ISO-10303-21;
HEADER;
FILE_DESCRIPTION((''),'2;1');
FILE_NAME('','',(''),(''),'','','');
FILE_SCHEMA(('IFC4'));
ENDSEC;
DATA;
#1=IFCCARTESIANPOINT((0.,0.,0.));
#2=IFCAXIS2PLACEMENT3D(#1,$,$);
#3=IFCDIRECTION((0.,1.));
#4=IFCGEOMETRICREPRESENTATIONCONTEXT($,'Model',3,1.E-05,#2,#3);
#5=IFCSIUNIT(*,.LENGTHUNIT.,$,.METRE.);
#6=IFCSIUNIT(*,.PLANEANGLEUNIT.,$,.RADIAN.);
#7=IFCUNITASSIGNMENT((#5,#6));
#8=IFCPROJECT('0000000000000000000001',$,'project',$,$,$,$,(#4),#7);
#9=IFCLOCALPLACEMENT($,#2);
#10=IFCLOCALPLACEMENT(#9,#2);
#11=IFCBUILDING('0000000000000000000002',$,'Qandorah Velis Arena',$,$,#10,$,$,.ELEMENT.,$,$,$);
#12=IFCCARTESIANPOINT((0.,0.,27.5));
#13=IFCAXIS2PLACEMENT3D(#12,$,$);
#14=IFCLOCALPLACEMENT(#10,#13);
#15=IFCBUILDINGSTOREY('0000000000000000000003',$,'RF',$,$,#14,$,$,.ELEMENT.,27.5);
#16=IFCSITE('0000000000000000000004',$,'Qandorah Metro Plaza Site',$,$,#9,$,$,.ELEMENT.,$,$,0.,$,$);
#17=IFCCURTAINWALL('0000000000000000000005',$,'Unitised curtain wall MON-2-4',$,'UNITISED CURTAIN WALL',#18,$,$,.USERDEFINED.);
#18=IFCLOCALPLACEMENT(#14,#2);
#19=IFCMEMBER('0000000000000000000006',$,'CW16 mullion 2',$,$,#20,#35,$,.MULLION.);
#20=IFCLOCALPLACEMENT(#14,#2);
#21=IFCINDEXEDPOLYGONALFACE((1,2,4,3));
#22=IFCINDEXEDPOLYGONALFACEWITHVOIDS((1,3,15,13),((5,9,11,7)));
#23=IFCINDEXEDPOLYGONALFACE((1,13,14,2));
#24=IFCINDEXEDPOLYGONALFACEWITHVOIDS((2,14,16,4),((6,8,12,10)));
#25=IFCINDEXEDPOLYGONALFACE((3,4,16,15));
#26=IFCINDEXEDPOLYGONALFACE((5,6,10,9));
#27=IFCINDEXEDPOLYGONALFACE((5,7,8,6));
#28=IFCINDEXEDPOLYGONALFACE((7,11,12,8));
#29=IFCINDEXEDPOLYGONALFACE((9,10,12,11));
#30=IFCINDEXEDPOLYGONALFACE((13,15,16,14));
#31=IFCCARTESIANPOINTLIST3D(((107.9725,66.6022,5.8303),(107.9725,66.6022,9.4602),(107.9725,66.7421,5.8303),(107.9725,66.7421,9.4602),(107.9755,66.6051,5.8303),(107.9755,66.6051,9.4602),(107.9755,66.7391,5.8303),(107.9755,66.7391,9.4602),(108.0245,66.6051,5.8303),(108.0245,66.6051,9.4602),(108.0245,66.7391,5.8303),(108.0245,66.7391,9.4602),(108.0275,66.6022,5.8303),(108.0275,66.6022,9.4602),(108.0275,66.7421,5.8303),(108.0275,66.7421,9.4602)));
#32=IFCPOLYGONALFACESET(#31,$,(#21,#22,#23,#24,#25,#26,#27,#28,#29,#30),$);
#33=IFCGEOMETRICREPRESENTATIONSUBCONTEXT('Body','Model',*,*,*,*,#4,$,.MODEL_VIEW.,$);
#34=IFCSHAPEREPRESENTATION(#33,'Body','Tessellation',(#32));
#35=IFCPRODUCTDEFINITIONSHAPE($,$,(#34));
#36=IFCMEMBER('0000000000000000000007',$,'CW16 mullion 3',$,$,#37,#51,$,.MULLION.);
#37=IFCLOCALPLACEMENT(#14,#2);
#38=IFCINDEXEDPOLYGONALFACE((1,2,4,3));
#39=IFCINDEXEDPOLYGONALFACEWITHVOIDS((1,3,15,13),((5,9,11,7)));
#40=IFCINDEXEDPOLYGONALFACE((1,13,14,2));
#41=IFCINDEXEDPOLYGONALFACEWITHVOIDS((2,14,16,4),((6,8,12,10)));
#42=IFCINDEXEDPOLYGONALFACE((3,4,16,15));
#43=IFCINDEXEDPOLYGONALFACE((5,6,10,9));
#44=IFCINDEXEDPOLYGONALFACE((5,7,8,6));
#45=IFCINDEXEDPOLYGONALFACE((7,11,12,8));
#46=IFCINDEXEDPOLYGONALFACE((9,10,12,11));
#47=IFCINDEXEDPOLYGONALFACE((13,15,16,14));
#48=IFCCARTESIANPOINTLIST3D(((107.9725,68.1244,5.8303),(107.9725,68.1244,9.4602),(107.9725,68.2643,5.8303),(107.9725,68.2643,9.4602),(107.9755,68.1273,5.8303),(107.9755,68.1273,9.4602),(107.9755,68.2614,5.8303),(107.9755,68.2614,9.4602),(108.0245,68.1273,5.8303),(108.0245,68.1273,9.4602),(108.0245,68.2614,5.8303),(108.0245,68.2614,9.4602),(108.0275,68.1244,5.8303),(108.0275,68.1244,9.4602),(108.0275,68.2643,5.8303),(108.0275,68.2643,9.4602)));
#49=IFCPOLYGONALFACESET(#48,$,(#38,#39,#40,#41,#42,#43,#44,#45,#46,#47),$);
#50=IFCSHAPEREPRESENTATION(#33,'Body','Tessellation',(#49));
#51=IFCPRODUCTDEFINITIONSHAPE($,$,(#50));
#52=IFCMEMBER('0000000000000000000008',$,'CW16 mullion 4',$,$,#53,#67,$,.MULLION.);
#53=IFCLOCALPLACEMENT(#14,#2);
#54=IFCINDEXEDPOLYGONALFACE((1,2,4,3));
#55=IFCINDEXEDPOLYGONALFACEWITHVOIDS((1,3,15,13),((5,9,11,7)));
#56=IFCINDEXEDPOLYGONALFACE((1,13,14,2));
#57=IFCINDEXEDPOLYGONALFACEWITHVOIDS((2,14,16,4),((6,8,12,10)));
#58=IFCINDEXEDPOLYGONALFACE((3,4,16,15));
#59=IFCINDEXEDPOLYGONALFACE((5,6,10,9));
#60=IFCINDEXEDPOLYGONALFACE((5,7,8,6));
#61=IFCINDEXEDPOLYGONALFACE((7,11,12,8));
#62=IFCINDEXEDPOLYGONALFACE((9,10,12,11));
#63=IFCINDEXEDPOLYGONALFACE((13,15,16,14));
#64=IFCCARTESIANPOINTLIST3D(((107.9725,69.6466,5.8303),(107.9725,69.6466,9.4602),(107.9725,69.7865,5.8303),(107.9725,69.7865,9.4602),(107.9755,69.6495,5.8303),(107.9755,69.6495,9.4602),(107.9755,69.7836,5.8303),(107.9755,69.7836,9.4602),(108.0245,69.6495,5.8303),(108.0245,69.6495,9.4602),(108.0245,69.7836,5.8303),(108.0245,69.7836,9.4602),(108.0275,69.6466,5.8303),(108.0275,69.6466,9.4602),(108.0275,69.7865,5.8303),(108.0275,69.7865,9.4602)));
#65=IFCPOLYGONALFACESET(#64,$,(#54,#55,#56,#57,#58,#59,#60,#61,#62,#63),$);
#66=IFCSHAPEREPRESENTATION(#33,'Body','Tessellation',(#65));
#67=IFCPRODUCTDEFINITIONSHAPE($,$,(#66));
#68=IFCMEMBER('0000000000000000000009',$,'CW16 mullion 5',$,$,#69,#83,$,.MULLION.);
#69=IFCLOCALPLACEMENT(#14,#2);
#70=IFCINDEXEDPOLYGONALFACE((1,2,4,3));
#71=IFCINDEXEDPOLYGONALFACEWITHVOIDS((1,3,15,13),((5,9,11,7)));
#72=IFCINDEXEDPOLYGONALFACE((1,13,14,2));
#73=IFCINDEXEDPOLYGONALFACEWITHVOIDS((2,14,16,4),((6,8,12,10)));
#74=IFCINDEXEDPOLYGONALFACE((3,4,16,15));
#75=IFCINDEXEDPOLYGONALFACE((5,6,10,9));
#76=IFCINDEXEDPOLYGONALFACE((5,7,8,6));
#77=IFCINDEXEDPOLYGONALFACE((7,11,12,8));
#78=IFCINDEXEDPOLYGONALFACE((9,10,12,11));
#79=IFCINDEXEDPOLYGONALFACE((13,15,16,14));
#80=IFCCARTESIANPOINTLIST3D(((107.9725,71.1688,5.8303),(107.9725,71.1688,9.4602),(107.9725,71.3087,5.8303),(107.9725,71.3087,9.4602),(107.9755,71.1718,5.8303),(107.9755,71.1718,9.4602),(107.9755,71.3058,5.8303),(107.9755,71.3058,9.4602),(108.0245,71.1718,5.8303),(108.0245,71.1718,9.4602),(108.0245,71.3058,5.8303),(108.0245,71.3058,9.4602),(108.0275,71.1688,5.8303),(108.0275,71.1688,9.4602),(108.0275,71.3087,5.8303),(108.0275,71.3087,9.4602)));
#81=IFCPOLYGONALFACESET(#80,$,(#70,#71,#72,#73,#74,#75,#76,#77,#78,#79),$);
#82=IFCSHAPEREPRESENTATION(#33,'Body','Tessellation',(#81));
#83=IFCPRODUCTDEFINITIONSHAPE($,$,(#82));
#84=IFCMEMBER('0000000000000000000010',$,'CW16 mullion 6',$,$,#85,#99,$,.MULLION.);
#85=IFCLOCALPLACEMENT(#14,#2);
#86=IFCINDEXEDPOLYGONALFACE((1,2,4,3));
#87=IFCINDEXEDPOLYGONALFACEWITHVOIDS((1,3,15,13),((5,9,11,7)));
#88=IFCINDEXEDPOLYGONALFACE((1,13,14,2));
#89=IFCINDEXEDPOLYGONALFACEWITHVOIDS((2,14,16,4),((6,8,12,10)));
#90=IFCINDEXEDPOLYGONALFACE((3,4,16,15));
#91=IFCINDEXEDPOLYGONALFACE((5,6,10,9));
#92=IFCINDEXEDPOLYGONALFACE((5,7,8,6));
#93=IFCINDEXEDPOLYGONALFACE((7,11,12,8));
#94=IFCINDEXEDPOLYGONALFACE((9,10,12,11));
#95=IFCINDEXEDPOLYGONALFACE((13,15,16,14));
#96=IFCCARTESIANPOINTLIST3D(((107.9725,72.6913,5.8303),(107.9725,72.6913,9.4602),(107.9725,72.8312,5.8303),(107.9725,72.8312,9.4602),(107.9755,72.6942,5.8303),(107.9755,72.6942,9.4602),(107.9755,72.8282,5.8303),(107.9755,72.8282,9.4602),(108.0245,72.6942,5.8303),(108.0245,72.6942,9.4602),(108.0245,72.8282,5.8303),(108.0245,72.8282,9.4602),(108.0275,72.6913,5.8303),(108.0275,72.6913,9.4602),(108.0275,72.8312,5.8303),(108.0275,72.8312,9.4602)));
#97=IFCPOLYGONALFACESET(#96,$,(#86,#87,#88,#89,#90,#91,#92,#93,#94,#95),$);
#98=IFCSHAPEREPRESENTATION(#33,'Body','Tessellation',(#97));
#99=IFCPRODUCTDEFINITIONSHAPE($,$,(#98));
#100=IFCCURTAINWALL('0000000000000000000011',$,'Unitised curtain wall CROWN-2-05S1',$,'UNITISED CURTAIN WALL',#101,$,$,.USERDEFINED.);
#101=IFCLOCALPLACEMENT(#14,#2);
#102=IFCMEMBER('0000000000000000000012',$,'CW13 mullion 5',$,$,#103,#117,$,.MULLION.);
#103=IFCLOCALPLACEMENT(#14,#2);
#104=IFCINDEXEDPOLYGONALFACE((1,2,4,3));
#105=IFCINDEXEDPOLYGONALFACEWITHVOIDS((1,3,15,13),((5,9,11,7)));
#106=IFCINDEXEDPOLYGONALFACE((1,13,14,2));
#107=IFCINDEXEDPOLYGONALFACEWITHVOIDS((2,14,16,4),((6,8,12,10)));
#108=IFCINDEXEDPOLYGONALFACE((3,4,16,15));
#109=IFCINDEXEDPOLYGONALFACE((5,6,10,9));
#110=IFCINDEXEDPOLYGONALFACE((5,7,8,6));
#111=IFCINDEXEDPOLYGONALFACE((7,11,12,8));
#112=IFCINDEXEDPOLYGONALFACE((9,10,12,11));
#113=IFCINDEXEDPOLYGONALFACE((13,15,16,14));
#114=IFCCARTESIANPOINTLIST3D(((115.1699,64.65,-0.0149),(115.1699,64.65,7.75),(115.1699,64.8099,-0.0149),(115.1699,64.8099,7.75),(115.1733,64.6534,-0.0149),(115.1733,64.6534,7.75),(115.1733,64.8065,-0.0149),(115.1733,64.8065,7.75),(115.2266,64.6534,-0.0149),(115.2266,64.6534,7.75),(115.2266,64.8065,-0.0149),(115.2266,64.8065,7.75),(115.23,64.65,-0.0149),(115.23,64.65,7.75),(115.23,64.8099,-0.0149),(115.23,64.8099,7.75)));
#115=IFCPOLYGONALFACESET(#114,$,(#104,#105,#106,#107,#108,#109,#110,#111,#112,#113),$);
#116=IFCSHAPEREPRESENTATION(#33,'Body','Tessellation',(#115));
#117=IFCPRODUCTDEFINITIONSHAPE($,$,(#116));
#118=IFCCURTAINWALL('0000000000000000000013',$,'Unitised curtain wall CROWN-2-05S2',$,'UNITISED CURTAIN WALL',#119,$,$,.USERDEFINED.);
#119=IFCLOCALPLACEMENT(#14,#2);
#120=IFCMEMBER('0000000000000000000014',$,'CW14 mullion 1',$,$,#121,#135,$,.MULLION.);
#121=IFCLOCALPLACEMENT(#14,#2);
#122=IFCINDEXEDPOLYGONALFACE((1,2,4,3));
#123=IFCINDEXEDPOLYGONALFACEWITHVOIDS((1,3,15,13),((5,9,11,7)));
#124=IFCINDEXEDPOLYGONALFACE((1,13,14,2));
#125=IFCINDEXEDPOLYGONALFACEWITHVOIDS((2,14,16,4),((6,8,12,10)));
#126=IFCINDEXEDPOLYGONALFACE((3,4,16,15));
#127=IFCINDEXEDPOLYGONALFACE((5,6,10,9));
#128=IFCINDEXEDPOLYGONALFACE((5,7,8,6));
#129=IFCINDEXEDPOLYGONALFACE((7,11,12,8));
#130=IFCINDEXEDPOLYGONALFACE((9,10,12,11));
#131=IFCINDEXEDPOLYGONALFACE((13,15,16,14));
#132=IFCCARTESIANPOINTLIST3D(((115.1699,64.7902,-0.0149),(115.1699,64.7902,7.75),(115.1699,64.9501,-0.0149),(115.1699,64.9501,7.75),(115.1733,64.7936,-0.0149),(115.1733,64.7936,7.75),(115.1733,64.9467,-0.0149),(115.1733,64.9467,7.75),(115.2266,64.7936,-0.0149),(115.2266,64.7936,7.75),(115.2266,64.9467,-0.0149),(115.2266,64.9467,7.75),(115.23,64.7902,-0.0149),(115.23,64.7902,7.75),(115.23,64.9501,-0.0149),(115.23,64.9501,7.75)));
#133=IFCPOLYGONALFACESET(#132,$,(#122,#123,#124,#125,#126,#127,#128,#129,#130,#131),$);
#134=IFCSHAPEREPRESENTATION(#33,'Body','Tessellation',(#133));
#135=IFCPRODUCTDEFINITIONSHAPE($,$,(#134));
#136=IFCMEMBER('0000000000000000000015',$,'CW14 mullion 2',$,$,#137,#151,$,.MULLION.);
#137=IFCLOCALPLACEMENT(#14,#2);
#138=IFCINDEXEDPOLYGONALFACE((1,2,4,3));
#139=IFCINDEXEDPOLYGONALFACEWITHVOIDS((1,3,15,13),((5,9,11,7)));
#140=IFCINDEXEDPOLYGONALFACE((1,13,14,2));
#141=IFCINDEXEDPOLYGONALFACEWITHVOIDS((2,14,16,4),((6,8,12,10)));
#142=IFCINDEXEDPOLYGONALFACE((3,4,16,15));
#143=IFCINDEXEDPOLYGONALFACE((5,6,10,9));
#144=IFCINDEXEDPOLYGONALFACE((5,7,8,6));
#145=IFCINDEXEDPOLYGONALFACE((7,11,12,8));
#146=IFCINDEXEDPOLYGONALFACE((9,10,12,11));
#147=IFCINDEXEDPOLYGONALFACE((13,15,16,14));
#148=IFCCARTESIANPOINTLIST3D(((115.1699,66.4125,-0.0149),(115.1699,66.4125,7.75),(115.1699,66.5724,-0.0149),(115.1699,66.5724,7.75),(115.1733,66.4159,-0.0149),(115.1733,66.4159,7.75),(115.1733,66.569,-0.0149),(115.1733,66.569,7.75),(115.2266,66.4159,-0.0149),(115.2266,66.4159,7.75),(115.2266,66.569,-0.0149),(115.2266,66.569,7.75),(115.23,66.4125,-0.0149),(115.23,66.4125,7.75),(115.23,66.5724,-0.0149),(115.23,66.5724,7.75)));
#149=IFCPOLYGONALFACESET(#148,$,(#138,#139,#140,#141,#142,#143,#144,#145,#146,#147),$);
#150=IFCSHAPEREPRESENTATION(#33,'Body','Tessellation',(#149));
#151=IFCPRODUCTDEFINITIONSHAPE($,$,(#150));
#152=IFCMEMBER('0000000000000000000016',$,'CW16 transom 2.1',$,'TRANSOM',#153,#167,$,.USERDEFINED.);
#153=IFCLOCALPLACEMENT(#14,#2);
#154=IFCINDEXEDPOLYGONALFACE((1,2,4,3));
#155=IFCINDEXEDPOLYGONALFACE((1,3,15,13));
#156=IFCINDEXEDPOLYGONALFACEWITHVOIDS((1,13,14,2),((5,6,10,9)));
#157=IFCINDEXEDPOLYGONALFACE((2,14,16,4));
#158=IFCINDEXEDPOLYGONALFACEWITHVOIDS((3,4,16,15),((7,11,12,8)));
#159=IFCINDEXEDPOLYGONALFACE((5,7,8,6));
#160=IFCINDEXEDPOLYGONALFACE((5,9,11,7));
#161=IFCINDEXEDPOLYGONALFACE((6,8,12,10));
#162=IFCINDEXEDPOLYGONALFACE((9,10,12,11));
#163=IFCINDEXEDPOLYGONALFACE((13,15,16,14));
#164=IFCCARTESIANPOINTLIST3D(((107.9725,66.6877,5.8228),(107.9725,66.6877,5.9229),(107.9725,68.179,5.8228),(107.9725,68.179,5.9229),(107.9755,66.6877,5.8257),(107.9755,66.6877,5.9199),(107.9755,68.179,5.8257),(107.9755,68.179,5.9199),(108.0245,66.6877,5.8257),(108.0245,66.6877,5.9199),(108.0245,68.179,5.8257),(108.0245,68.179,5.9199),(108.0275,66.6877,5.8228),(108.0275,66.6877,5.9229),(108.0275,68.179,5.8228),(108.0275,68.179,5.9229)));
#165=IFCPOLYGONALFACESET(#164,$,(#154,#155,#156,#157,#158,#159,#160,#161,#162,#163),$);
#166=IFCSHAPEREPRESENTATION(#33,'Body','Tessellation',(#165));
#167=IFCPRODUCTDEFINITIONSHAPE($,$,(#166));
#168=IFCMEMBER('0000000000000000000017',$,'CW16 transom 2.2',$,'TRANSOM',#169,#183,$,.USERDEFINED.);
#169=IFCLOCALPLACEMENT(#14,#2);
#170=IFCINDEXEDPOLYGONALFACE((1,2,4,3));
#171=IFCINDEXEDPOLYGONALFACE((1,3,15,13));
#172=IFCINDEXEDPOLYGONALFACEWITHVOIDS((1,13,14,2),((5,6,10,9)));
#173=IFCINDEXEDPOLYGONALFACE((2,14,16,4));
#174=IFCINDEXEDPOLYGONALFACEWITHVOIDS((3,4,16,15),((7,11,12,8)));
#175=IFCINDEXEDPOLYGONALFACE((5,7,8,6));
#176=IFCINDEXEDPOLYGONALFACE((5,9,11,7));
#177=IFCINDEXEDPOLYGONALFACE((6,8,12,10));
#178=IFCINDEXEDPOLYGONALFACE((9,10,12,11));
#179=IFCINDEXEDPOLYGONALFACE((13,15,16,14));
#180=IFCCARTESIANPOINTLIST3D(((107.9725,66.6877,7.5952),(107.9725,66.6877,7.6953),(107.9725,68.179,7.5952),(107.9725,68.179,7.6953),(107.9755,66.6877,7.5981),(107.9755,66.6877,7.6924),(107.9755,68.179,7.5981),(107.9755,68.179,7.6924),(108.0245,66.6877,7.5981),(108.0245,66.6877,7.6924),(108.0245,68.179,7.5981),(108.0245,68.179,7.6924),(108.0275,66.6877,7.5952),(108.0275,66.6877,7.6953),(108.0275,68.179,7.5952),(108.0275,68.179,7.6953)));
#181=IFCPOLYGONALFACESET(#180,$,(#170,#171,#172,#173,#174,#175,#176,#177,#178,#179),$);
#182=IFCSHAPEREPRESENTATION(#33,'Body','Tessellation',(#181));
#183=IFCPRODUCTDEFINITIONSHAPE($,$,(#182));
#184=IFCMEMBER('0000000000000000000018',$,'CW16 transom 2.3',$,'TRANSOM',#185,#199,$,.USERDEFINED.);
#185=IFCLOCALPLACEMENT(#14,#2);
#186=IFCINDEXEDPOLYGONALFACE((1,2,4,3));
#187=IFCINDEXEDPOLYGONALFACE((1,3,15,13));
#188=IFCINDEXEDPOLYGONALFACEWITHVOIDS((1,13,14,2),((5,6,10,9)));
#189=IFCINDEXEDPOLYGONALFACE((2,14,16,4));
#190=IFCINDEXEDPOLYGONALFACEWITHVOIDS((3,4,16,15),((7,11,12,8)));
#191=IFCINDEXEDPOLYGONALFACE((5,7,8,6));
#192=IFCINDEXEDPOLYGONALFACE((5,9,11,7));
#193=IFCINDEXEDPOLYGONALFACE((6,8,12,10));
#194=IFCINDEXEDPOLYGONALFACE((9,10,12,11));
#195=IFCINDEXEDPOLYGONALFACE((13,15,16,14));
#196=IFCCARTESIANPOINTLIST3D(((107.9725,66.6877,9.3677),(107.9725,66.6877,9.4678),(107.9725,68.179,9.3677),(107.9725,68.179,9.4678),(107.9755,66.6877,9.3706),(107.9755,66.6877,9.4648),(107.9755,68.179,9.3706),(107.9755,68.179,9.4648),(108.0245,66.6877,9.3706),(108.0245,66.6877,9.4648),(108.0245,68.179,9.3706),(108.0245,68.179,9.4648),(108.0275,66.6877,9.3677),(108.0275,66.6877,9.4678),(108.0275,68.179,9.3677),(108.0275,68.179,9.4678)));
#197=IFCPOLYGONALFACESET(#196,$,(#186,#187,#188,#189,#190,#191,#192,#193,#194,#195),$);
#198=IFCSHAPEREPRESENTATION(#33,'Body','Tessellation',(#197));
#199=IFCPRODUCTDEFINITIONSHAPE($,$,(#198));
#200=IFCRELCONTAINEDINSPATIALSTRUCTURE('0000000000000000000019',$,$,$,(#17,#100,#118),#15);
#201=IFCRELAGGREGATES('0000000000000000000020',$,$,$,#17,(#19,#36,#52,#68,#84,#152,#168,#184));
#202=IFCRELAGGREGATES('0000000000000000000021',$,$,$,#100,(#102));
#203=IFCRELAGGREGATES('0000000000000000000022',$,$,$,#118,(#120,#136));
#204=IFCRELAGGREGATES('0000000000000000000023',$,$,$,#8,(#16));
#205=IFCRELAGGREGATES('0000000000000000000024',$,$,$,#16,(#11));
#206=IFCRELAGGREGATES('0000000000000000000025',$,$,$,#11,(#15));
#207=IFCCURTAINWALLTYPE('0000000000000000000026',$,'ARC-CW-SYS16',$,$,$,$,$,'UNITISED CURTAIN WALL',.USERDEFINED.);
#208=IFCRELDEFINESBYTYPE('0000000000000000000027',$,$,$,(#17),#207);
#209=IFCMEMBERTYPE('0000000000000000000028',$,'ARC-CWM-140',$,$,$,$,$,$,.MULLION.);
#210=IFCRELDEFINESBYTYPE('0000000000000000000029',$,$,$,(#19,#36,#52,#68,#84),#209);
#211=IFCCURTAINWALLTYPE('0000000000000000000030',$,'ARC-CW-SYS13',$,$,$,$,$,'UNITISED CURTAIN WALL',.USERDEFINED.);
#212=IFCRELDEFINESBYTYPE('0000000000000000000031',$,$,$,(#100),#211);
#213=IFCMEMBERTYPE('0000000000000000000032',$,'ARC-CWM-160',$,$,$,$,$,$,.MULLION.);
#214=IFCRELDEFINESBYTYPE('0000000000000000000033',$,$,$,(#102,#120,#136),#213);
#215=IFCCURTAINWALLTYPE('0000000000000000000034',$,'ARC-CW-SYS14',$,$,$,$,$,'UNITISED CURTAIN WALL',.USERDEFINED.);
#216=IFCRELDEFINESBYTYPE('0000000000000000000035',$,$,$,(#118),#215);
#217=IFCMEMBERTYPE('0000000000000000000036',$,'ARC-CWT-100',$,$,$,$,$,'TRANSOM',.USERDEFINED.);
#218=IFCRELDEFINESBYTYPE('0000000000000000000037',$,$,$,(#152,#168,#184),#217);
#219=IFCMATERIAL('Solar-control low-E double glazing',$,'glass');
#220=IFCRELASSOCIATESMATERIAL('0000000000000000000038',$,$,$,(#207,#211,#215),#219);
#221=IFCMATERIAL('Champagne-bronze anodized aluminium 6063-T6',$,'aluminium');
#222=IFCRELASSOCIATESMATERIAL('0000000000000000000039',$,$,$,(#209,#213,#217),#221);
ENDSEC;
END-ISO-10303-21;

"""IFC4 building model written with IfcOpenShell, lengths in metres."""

from ifc_helpers import new_model, si_unit, direction, frame, origin, origin_2d, place, context, subcontext, project, spatial, hollow_rectangle, extrude, material, material_profile, profile_set, type_object, element, aggregate, save


model = new_model("IFC4")

# Units and contexts
model_context = context("Model", 3, precision=1e-05, world=origin(), true_north=direction((0.0, 1.0)))
body_context = subcontext(model_context, "Body", "Model", "MODEL_VIEW")
ifc_project = project(units=[si_unit("LENGTHUNIT", "METRE"), si_unit("PLANEANGLEUNIT", "RADIAN")], contexts=[model_context])

# Site, building, storey
site_placement = place(None, origin())
site = spatial("IfcSite", under=ifc_project, at=site_placement, Name="Qandorah Metro Plaza Site", CompositionType="ELEMENT", RefElevation=0.0)
building_placement = place(site_placement, origin())
building = spatial("IfcBuilding", under=site, at=building_placement, Name="Qandorah Velis Arena", CompositionType="ELEMENT")
storey_placement = place(building_placement, frame((0.0, 0.0, 27.5)))
storey = spatial("IfcBuildingStorey", under=building, at=storey_placement, Name="RF", CompositionType="ELEMENT", Elevation=27.5)

# Curtain wall, members
ifc_material_1 = material(Name="Solar-control low-E double glazing", Category="glass")
curtain_wall_type_1 = type_object("IfcCurtainWallType", Name="ARC-CW-SYS16", ElementType="UNITISED CURTAIN WALL", PredefinedType="USERDEFINED", material=ifc_material_1)
curtain_wall_1_placement = place(storey_placement, origin())
curtain_wall_1 = element("IfcCurtainWall", 1, at=curtain_wall_1_placement, inside=storey, type_object=curtain_wall_type_1, Name="Unitised curtain wall MON-2-4", ObjectType="UNITISED CURTAIN WALL", PredefinedType="USERDEFINED")
ifc_material_2 = material(Name="Champagne-bronze anodized aluminium 6063-T6", Category="aluminium")
ifc_material_profile_1 = material_profile(ifc_material_2, hollow_rectangle(XDim=0.0549, YDim=0.1399, WallThickness=0.0029, at=origin_2d()), Name="ALU MULLION 55x140")
ifc_profile_set_1 = profile_set([ifc_material_profile_1], Name="Champagne-bronze anodized aluminium 6063-T6")
member_type_1 = type_object("IfcMemberType", Name="ARC-CWM-140", PredefinedType="MULLION", material=ifc_profile_set_1)
member_1_placement = place(storey_placement, frame((108.0, 66.6721, 5.8303), z_axis=(0.0, 0.0, 1.0), x_axis=(-1.0, 0.0, 0.0)))
member_1 = element("IfcMember", 2, at=member_1_placement, type_object=member_type_1, Name="CW16 mullion 2", PredefinedType="MULLION", context=body_context, shape_type="SweptSolid", body=[
    extrude(hollow_rectangle(XDim=0.0549, YDim=0.1399, WallThickness=0.0029, at=origin_2d()), origin(), (0.0, 0.0, 1.0), 3.6299),
])
member_2_placement = place(storey_placement, frame((108.0, 68.1943, 5.8303), z_axis=(0.0, 0.0, 1.0), x_axis=(-1.0, 0.0, 0.0)))
member_2 = element("IfcMember", 3, at=member_2_placement, type_object=member_type_1, Name="CW16 mullion 3", PredefinedType="MULLION", context=body_context, shape_type="SweptSolid", body=[
    extrude(hollow_rectangle(XDim=0.0549, YDim=0.1399, WallThickness=0.0029, at=origin_2d()), origin(), (0.0, 0.0, 1.0), 3.6299),
])
member_3_placement = place(storey_placement, frame((108.0, 69.7166, 5.8303), z_axis=(0.0, 0.0, 1.0), x_axis=(-1.0, 0.0, 0.0)))
member_3 = element("IfcMember", 4, at=member_3_placement, type_object=member_type_1, Name="CW16 mullion 4", PredefinedType="MULLION", context=body_context, shape_type="SweptSolid", body=[
    extrude(hollow_rectangle(XDim=0.0549, YDim=0.1399, WallThickness=0.0029, at=origin_2d()), origin(), (0.0, 0.0, 1.0), 3.6299),
])
member_4_placement = place(storey_placement, frame((108.0, 71.2388, 5.8303), z_axis=(0.0, 0.0, 1.0), x_axis=(-1.0, 0.0, 0.0)))
member_4 = element("IfcMember", 5, at=member_4_placement, type_object=member_type_1, Name="CW16 mullion 5", PredefinedType="MULLION", context=body_context, shape_type="SweptSolid", body=[
    extrude(hollow_rectangle(XDim=0.0549, YDim=0.1399, WallThickness=0.0029, at=origin_2d()), origin(), (0.0, 0.0, 1.0), 3.6299),
])
member_5_placement = place(storey_placement, frame((108.0, 72.7612, 5.8303), z_axis=(0.0, 0.0, 1.0), x_axis=(-1.0, 0.0, 0.0)))
member_5 = element("IfcMember", 6, at=member_5_placement, type_object=member_type_1, Name="CW16 mullion 6", PredefinedType="MULLION", context=body_context, shape_type="SweptSolid", body=[
    extrude(hollow_rectangle(XDim=0.0549, YDim=0.1399, WallThickness=0.0029, at=origin_2d()), origin(), (0.0, 0.0, 1.0), 3.6299),
])

# Curtain wall, member
curtain_wall_type_2 = type_object("IfcCurtainWallType", Name="ARC-CW-SYS13", ElementType="UNITISED CURTAIN WALL", PredefinedType="USERDEFINED", material=ifc_material_1)
curtain_wall_2_placement = place(storey_placement, origin())
curtain_wall_2 = element("IfcCurtainWall", 7, at=curtain_wall_2_placement, inside=storey, type_object=curtain_wall_type_2, Name="Unitised curtain wall CROWN-2-05S1", ObjectType="UNITISED CURTAIN WALL", PredefinedType="USERDEFINED")
ifc_material_profile_2 = material_profile(ifc_material_2, hollow_rectangle(XDim=0.0601, YDim=0.1599, WallThickness=0.0034, at=origin_2d()), Name="ALU MULLION 60x160")
ifc_profile_set_2 = profile_set([ifc_material_profile_2], Name="Champagne-bronze anodized aluminium 6063-T6")
member_type_2 = type_object("IfcMemberType", Name="ARC-CWM-160", PredefinedType="MULLION", material=ifc_profile_set_2)
member_6_placement = place(storey_placement, frame((115.2, 64.73, -0.0149), z_axis=(0.0, 0.0, 1.0), x_axis=(-1.0, 0.0, 0.0)))
member_6 = element("IfcMember", 8, at=member_6_placement, type_object=member_type_2, Name="CW13 mullion 5", PredefinedType="MULLION", context=body_context, shape_type="SweptSolid", body=[
    extrude(hollow_rectangle(XDim=0.0601, YDim=0.1599, WallThickness=0.0034, at=origin_2d()), origin(), (0.0, 0.0, 1.0), 7.7649),
])

# Curtain wall, members
curtain_wall_type_3 = type_object("IfcCurtainWallType", Name="ARC-CW-SYS14", ElementType="UNITISED CURTAIN WALL", PredefinedType="USERDEFINED", material=ifc_material_1)
curtain_wall_3_placement = place(storey_placement, origin())
curtain_wall_3 = element("IfcCurtainWall", 9, at=curtain_wall_3_placement, inside=storey, type_object=curtain_wall_type_3, Name="Unitised curtain wall CROWN-2-05S2", ObjectType="UNITISED CURTAIN WALL", PredefinedType="USERDEFINED")
member_7_placement = place(storey_placement, frame((115.2, 64.8701, -0.0149), z_axis=(0.0, 0.0, 1.0), x_axis=(-1.0, 0.0, 0.0)))
member_7 = element("IfcMember", 10, at=member_7_placement, type_object=member_type_2, Name="CW14 mullion 1", PredefinedType="MULLION", context=body_context, shape_type="SweptSolid", body=[
    extrude(hollow_rectangle(XDim=0.0601, YDim=0.1599, WallThickness=0.0034, at=origin_2d()), origin(), (0.0, 0.0, 1.0), 7.7649),
])
member_8_placement = place(storey_placement, frame((115.2, 66.4924, -0.0149), z_axis=(0.0, 0.0, 1.0), x_axis=(-1.0, 0.0, 0.0)))
member_8 = element("IfcMember", 11, at=member_8_placement, type_object=member_type_2, Name="CW14 mullion 2", PredefinedType="MULLION", context=body_context, shape_type="SweptSolid", body=[
    extrude(hollow_rectangle(XDim=0.0601, YDim=0.1599, WallThickness=0.0034, at=origin_2d()), origin(), (0.0, 0.0, 1.0), 7.7649),
])

# Members
ifc_material_profile_3 = material_profile(ifc_material_2, hollow_rectangle(XDim=0.0549, YDim=0.1001, WallThickness=0.0029, at=origin_2d()), Name="ALU TRANSOM 55x100")
ifc_profile_set_3 = profile_set([ifc_material_profile_3], Name="Champagne-bronze anodized aluminium 6063-T6")
member_type_3 = type_object("IfcMemberType", Name="ARC-CWT-100", ElementType="TRANSOM", PredefinedType="USERDEFINED", material=ifc_profile_set_3)
member_9_placement = place(storey_placement, frame((108.0, 66.6877, 5.8728), z_axis=(0.0, 1.0, 0.0), x_axis=(-1.0, 0.0, 0.0)))
member_9 = element("IfcMember", 12, at=member_9_placement, type_object=member_type_3, Name="CW16 transom 2.1", ObjectType="TRANSOM", PredefinedType="USERDEFINED", context=body_context, shape_type="SweptSolid", body=[
    extrude(hollow_rectangle(XDim=0.0549, YDim=0.1001, WallThickness=0.0029, at=origin_2d()), origin(), (0.0, 0.0, 1.0), 1.4912),
])
member_10_placement = place(storey_placement, frame((108.0, 66.6877, 7.6453), z_axis=(0.0, 1.0, 0.0), x_axis=(-1.0, 0.0, 0.0)))
member_10 = element("IfcMember", 13, at=member_10_placement, type_object=member_type_3, Name="CW16 transom 2.2", ObjectType="TRANSOM", PredefinedType="USERDEFINED", context=body_context, shape_type="SweptSolid", body=[
    extrude(hollow_rectangle(XDim=0.0549, YDim=0.1001, WallThickness=0.0029, at=origin_2d()), origin(), (0.0, 0.0, 1.0), 1.4912),
])
member_11_placement = place(storey_placement, frame((108.0, 66.6877, 9.4177), z_axis=(0.0, 1.0, 0.0), x_axis=(-1.0, 0.0, 0.0)))
member_11 = element("IfcMember", 14, at=member_11_placement, type_object=member_type_3, Name="CW16 transom 2.3", ObjectType="TRANSOM", PredefinedType="USERDEFINED", context=body_context, shape_type="SweptSolid", body=[
    extrude(hollow_rectangle(XDim=0.0549, YDim=0.1001, WallThickness=0.0029, at=origin_2d()), origin(), (0.0, 0.0, 1.0), 1.4912),
])

aggregate(curtain_wall_1, [member_1, member_2, member_3, member_4, member_5, member_9, member_10, member_11])
aggregate(curtain_wall_2, [member_6])
aggregate(curtain_wall_3, [member_7, member_8])

save(model, "model.ifc")
